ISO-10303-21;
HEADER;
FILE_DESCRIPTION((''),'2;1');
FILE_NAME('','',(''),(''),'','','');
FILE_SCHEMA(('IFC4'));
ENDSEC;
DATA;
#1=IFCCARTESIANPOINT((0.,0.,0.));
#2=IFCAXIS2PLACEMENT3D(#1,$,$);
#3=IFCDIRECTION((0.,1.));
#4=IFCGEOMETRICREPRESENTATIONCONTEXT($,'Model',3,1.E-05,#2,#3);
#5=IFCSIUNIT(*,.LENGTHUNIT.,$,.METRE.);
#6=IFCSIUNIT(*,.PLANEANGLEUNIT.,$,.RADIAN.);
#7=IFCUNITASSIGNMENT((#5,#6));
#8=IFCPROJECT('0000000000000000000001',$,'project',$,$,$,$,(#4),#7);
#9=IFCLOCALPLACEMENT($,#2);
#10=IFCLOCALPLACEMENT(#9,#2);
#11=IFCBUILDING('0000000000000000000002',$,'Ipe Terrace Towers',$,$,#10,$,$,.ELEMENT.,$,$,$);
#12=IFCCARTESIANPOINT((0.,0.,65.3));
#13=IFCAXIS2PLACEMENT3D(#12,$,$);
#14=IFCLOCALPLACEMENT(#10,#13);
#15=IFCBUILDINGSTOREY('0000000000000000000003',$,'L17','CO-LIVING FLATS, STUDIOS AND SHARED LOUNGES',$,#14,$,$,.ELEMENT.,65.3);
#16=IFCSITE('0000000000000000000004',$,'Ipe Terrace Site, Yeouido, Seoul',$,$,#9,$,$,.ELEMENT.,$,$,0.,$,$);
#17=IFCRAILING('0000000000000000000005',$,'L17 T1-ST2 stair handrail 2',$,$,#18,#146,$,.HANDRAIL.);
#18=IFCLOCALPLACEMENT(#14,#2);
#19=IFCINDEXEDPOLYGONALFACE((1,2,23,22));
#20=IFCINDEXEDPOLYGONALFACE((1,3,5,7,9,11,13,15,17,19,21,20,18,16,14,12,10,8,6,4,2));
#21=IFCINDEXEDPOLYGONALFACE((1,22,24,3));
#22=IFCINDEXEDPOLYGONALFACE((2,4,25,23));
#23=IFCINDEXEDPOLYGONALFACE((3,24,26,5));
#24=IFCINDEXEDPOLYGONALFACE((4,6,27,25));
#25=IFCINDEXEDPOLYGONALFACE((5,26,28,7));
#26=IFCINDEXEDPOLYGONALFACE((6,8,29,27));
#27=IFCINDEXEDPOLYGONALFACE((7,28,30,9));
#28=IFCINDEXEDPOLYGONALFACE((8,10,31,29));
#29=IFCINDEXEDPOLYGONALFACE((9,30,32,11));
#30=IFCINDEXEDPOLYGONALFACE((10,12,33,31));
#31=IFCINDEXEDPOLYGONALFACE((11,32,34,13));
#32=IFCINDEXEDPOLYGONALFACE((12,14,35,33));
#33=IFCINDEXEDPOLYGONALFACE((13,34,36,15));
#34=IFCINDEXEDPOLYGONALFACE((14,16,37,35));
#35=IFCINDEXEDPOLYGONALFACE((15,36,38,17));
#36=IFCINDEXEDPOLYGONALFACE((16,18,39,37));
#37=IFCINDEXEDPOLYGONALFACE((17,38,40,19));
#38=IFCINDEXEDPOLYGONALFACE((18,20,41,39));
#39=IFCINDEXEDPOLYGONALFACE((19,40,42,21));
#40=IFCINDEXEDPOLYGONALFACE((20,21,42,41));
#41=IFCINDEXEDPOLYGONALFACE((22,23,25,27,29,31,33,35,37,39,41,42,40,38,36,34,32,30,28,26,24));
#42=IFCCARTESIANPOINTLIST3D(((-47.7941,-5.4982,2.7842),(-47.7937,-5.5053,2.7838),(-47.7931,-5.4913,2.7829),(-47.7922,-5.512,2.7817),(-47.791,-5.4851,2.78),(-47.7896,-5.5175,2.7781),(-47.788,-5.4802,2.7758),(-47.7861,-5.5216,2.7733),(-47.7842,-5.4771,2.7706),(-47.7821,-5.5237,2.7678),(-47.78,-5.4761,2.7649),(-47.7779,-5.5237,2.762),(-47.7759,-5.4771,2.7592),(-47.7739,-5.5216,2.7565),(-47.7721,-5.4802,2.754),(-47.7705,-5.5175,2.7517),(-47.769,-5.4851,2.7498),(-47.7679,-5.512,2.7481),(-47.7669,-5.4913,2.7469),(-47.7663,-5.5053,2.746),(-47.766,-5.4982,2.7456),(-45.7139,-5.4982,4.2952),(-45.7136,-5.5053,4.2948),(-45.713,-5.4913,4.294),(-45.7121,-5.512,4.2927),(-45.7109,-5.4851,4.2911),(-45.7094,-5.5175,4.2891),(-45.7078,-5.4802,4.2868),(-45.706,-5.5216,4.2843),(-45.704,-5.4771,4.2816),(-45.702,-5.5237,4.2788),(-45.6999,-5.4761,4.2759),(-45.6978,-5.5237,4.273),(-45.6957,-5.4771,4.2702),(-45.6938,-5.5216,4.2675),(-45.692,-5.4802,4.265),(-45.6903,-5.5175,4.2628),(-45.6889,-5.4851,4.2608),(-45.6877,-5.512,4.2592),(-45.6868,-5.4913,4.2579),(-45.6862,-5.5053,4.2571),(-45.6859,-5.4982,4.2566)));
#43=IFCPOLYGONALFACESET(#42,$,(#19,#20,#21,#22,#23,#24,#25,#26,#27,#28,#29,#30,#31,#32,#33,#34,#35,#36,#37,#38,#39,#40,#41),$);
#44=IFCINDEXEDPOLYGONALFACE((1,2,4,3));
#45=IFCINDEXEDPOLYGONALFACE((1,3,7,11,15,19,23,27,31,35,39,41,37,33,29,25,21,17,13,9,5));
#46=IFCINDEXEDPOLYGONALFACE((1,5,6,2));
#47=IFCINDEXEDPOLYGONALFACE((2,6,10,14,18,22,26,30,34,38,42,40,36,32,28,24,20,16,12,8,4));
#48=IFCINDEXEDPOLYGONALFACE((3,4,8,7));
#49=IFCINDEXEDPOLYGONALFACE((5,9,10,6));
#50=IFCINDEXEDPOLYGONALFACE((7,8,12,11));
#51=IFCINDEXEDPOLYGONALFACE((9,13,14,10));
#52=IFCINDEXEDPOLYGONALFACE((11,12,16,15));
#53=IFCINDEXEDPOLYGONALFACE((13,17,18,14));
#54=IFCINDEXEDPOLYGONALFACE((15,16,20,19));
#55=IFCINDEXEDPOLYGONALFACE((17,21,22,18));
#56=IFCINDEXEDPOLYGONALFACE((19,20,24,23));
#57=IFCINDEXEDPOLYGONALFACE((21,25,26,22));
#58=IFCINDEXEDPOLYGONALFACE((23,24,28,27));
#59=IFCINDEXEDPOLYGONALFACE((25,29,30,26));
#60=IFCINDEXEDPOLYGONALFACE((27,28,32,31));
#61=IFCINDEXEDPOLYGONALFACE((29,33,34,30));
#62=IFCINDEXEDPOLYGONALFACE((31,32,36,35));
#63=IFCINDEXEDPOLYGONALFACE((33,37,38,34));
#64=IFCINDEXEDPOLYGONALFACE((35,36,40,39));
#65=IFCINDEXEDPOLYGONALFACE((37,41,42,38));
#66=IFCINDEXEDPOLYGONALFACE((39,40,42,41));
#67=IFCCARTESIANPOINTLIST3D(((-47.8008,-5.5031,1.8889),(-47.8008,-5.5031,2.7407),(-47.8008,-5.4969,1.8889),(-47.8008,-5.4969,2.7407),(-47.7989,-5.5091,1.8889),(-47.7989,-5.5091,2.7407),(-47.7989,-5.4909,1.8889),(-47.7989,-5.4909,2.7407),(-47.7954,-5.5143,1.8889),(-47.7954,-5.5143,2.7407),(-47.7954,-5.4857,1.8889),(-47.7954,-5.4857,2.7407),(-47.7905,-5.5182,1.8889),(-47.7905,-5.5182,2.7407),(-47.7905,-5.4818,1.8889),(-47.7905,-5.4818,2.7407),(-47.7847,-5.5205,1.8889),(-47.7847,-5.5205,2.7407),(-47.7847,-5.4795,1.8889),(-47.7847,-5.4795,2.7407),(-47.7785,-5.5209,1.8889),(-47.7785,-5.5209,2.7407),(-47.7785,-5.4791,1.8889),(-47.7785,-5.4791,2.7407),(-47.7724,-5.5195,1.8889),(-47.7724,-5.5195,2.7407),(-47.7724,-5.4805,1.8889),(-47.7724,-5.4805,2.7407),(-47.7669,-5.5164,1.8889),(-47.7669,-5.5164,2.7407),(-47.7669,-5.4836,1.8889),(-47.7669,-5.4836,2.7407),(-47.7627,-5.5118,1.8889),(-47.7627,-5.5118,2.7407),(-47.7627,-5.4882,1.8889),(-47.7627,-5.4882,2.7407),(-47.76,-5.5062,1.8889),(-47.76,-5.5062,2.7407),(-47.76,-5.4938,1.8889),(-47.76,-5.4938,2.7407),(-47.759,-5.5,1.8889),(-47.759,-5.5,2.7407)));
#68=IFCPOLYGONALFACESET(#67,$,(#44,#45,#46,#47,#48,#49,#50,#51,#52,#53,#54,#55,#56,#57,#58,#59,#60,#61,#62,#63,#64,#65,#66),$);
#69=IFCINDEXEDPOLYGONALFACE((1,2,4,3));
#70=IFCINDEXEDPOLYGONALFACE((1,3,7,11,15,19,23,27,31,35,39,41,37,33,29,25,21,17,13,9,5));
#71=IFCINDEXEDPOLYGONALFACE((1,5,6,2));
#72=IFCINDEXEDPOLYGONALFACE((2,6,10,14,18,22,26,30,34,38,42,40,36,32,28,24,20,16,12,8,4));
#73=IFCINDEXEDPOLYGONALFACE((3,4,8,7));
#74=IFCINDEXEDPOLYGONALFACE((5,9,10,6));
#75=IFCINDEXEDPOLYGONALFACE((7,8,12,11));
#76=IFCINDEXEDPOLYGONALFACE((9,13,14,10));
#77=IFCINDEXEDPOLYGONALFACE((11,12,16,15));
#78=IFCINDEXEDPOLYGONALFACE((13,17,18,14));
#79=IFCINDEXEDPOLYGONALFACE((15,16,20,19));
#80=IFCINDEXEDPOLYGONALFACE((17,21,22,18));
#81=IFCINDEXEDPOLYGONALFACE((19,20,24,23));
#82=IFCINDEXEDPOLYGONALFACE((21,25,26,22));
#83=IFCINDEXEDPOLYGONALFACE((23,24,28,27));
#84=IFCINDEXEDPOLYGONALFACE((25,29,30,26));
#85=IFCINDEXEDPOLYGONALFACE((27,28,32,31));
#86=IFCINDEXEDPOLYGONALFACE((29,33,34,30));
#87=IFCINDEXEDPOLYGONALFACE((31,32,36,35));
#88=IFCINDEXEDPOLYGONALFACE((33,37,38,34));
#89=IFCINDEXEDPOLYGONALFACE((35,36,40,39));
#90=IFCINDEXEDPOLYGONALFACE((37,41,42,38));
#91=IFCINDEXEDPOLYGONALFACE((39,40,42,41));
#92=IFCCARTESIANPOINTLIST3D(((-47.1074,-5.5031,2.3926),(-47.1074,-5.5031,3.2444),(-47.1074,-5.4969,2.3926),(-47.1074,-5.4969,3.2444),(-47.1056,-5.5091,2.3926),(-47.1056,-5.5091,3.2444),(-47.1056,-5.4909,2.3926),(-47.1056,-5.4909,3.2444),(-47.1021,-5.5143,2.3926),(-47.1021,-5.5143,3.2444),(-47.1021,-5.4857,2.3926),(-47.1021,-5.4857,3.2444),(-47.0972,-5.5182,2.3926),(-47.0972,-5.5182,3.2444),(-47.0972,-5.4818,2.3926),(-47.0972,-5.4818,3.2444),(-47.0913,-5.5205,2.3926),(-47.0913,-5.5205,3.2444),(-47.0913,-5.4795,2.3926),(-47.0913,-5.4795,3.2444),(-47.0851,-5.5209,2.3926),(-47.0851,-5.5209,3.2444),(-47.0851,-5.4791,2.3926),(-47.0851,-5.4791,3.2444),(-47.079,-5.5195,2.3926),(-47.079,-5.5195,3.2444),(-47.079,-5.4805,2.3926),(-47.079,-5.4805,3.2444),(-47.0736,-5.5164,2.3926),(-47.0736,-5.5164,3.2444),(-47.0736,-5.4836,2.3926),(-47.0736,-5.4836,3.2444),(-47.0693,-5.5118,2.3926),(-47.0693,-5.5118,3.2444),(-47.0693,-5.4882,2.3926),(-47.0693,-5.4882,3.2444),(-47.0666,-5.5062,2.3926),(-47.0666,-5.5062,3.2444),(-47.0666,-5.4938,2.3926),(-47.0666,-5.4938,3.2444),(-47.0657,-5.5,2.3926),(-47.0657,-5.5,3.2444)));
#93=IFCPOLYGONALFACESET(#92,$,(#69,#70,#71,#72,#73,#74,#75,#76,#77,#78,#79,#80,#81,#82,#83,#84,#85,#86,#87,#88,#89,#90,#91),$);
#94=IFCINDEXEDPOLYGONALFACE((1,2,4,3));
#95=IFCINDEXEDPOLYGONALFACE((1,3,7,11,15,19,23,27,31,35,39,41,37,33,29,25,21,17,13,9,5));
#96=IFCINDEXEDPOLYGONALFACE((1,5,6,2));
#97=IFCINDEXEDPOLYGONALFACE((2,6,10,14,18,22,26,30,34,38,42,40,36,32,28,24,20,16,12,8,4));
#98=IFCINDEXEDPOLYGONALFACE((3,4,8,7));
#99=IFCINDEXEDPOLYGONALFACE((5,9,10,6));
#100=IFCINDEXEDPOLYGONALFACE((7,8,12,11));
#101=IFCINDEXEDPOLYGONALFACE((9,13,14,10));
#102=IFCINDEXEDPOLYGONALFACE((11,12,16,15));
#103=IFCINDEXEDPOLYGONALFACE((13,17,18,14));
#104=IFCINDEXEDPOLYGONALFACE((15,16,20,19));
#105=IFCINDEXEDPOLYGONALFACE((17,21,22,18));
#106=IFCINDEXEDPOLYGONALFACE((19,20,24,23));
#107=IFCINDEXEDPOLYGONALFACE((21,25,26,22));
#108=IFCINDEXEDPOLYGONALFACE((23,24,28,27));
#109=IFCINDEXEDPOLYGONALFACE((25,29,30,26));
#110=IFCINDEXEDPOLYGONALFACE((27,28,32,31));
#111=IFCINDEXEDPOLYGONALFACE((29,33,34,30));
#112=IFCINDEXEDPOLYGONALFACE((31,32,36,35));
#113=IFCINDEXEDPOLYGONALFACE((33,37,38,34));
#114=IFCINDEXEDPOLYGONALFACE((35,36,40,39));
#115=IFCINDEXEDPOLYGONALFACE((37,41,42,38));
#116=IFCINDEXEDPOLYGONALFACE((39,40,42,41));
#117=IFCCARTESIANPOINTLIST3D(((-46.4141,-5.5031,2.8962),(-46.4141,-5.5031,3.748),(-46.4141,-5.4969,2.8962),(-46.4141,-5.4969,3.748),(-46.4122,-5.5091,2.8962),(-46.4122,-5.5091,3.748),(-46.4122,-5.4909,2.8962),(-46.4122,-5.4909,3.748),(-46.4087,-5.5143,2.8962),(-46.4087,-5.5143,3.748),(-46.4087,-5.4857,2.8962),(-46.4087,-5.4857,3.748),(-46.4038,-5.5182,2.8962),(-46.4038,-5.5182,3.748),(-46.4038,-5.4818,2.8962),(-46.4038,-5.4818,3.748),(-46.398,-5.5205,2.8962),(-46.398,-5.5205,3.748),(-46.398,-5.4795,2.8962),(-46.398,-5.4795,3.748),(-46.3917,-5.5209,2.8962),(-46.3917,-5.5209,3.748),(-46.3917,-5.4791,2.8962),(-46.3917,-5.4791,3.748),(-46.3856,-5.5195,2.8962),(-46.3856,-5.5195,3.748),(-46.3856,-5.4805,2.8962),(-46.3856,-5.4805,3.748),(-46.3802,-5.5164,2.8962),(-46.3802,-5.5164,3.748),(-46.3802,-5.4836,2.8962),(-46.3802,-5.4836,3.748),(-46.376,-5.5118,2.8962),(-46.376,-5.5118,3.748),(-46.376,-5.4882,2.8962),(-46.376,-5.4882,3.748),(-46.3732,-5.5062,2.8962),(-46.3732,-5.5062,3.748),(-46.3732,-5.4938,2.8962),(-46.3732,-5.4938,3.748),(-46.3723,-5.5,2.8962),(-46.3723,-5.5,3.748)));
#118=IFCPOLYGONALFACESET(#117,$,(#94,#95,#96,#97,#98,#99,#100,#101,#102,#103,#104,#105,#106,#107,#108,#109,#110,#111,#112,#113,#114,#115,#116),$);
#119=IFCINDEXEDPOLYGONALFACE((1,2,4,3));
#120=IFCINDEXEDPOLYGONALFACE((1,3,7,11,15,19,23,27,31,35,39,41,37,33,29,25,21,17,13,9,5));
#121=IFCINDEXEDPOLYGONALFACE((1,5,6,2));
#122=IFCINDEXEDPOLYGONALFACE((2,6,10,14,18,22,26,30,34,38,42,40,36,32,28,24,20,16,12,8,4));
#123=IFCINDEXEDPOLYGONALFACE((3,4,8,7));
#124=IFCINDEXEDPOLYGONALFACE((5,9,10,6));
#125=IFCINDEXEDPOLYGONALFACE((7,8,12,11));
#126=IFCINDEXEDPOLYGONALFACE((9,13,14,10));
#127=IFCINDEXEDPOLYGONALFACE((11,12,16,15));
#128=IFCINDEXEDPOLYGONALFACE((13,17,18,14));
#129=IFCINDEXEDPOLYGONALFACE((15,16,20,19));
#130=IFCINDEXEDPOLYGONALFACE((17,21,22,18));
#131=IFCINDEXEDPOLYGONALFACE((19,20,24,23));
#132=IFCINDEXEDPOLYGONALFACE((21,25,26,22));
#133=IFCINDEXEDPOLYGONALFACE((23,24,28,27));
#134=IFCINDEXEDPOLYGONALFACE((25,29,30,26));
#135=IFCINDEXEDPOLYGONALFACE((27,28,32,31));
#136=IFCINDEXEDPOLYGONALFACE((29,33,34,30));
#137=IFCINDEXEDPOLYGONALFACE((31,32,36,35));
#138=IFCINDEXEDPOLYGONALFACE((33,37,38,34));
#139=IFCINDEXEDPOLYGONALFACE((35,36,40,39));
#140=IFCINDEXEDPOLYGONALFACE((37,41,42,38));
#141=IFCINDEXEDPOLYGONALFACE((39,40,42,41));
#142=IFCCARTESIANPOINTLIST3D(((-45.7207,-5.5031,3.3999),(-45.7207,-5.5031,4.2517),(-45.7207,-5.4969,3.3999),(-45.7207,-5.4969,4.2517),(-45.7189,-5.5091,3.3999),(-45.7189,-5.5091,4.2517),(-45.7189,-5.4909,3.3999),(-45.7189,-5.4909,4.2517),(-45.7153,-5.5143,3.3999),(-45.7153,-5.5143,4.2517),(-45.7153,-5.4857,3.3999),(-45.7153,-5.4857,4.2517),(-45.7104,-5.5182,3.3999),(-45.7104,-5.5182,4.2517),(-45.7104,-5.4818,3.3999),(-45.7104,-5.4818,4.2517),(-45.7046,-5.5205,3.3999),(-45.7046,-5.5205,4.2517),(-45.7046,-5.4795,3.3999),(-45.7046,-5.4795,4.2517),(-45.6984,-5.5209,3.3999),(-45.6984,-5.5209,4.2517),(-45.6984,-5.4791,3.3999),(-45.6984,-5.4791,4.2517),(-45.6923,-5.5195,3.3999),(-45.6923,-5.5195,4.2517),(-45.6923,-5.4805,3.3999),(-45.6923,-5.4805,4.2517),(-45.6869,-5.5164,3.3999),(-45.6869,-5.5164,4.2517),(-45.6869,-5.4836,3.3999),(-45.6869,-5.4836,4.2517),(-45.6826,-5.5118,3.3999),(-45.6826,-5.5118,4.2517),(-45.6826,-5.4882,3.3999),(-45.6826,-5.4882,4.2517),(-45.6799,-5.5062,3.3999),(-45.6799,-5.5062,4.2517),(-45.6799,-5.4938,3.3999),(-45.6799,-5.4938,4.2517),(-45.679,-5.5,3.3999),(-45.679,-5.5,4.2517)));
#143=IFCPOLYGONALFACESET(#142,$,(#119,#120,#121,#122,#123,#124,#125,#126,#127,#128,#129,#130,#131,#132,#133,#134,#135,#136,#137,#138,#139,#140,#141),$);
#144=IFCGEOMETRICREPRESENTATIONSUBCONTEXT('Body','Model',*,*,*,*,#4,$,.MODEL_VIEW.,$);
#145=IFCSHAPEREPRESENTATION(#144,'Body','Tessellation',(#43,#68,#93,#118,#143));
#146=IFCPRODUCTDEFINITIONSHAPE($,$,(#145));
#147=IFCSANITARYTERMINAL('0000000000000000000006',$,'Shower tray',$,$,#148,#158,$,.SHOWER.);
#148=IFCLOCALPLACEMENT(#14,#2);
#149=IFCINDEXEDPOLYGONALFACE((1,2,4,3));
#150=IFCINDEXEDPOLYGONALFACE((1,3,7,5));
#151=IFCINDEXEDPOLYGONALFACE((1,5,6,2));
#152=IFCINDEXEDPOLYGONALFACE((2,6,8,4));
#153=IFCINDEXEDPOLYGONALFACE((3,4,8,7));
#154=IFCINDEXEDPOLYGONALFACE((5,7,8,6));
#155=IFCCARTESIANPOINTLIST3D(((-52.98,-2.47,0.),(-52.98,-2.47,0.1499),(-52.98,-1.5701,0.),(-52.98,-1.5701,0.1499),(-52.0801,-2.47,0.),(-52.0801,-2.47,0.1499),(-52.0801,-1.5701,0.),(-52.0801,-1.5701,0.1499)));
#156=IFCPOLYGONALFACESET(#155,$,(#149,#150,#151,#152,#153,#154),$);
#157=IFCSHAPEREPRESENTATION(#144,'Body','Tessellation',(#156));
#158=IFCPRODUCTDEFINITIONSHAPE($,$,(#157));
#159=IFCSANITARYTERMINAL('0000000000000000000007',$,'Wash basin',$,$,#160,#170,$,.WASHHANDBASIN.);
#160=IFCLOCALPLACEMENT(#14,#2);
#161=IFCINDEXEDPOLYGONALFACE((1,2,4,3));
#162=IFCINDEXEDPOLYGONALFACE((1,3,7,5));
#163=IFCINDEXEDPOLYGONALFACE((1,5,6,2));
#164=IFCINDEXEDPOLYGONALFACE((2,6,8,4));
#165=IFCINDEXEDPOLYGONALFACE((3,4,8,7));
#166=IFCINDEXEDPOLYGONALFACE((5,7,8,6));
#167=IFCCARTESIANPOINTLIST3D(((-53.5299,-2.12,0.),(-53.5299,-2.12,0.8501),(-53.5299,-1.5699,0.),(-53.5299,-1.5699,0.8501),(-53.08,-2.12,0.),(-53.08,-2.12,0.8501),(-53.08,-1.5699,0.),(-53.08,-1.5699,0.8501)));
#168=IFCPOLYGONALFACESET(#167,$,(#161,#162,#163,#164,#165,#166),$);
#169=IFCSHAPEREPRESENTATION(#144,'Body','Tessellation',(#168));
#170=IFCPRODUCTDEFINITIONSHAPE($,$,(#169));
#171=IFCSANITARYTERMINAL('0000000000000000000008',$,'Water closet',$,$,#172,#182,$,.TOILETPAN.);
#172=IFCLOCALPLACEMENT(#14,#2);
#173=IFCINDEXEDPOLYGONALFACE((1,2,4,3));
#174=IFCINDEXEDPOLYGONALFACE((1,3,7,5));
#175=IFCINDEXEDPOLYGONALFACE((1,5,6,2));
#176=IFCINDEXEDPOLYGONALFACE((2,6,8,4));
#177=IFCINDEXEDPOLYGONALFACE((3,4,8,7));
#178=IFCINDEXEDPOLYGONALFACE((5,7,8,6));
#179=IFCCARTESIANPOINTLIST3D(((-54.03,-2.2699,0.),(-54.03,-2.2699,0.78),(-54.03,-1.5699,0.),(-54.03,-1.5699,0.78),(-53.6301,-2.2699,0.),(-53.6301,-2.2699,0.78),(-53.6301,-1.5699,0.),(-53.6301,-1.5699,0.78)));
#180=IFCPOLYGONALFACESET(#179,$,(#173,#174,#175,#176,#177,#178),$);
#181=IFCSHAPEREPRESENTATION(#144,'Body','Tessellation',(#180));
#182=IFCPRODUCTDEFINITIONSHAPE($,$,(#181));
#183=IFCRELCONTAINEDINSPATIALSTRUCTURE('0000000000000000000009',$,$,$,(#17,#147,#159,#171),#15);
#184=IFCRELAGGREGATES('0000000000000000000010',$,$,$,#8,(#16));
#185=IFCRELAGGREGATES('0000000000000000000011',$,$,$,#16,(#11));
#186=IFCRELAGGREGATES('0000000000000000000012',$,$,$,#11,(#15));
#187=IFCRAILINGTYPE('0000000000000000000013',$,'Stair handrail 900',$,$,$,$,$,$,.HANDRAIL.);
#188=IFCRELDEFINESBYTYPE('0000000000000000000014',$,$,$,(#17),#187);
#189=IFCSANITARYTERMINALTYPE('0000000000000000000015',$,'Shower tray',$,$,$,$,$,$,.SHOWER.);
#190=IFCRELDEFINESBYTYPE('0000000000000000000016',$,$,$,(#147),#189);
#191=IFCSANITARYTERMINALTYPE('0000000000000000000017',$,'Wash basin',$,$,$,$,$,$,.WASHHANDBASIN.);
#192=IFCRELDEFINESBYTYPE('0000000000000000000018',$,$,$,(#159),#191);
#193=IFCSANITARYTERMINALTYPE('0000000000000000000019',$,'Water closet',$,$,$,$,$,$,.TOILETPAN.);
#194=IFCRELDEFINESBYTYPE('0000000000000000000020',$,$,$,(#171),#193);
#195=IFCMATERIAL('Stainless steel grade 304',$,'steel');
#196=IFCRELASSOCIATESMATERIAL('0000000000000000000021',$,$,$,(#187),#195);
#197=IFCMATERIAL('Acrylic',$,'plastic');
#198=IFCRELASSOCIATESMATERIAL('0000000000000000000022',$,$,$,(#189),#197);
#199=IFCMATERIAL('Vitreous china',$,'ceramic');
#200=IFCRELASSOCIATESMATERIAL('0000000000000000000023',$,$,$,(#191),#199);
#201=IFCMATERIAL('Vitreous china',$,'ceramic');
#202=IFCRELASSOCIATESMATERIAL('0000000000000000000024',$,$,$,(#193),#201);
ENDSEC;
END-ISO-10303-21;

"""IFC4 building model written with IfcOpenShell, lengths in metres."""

from ifc_helpers import new_model, si_unit, direction, frame, origin, origin_2d, place, context, subcontext, project, spatial, rectangle, circle, extrude, material, type_object, element, save


model = new_model("IFC4")

# Units and contexts
model_context = context("Model", 3, precision=1e-05, world=origin(), true_north=direction((0.0, 1.0)))
body_context = subcontext(model_context, "Body", "Model", "MODEL_VIEW")
ifc_project = project(units=[si_unit("LENGTHUNIT", "METRE"), si_unit("PLANEANGLEUNIT", "RADIAN")], contexts=[model_context])

# Site, building, storey
site_placement = place(None, origin())
site = spatial("IfcSite", under=ifc_project, at=site_placement, Name="Ipe Terrace Site, Yeouido, Seoul", CompositionType="ELEMENT", RefElevation=0.0)
building_placement = place(site_placement, origin())
building = spatial("IfcBuilding", under=site, at=building_placement, Name="Ipe Terrace Towers", CompositionType="ELEMENT")
storey_placement = place(building_placement, frame((0.0, 0.0, 65.3)))
storey = spatial("IfcBuildingStorey", under=building, at=storey_placement, Name="L17", Description="CO-LIVING FLATS, STUDIOS AND SHARED LOUNGES", CompositionType="ELEMENT", Elevation=65.3)

# Railing
ifc_material_1 = material(Name="Stainless steel grade 304", Category="steel")
railing_type_1 = type_object("IfcRailingType", Name="Stair handrail 900", PredefinedType="HANDRAIL", material=ifc_material_1)
railing_1_placement = place(storey_placement, frame((-47.78, -5.5, 1.8889)))
element("IfcRailing", 1, at=railing_1_placement, inside=storey, type_object=railing_type_1, Name="L17 T1-ST2 stair handrail 2", PredefinedType="HANDRAIL", context=body_context, shape_type="SweptSolid", body=[
    extrude(circle(Radius=0.0239, at=origin_2d()), frame((0.0, 0.0, 0.876), z_axis=(0.809069, 0.0, 0.587714), x_axis=(0.0, 1.0, 0.0)), (0.0, 0.0, 1.0), 2.571),
    extrude(circle(Radius=0.021, at=origin_2d()), origin(), (0.0, 0.0, 1.0), 0.8518),
    extrude(circle(Radius=0.021, at=origin_2d()), frame((0.6934, 0.0, 0.5037)), (0.0, 0.0, 1.0), 0.8518),
    extrude(circle(Radius=0.021, at=origin_2d()), frame((1.3867, 0.0, 1.0073)), (0.0, 0.0, 1.0), 0.8518),
    extrude(circle(Radius=0.021, at=origin_2d()), frame((2.0801, 0.0, 1.511)), (0.0, 0.0, 1.0), 0.8518),
])

# Sanitary terminals
ifc_material_2 = material(Name="Acrylic", Category="plastic")
sanitary_terminal_type_1 = type_object("IfcSanitaryTerminalType", Name="Shower tray", PredefinedType="SHOWER", material=ifc_material_2)
sanitary_terminal_1_placement = place(storey_placement, frame((-52.53, -2.02, 0.0), z_axis=(0.0, 0.0, 1.0), x_axis=(0.0, -1.0, 0.0)))
element("IfcSanitaryTerminal", 2, at=sanitary_terminal_1_placement, inside=storey, type_object=sanitary_terminal_type_1, Name="Shower tray", PredefinedType="SHOWER", context=body_context, shape_type="SweptSolid", body=[
    extrude(rectangle(XDim=0.8999, YDim=0.8999, at=origin_2d()), origin(), (0.0, 0.0, 1.0), 0.1499),
])
ifc_material_3 = material(Name="Vitreous china", Category="ceramic")
sanitary_terminal_type_2 = type_object("IfcSanitaryTerminalType", Name="Wash basin", PredefinedType="WASHHANDBASIN", material=ifc_material_3)
sanitary_terminal_2_placement = place(storey_placement, frame((-53.3049, -1.845, 0.0), z_axis=(0.0, 0.0, 1.0), x_axis=(0.0, -1.0, 0.0)))
element("IfcSanitaryTerminal", 3, at=sanitary_terminal_2_placement, inside=storey, type_object=sanitary_terminal_type_2, Name="Wash basin", PredefinedType="WASHHANDBASIN", context=body_context, shape_type="SweptSolid", body=[
    extrude(rectangle(XDim=0.55, YDim=0.45, at=origin_2d()), origin(), (0.0, 0.0, 1.0), 0.8501),
])
ifc_material_4 = material(Name="Vitreous china", Category="ceramic")
sanitary_terminal_type_3 = type_object("IfcSanitaryTerminalType", Name="Water closet", PredefinedType="TOILETPAN", material=ifc_material_4)
sanitary_terminal_3_placement = place(storey_placement, frame((-53.8301, -1.9199, 0.0), z_axis=(0.0, 0.0, 1.0), x_axis=(0.0, -1.0, 0.0)))
element("IfcSanitaryTerminal", 4, at=sanitary_terminal_3_placement, inside=storey, type_object=sanitary_terminal_type_3, Name="Water closet", PredefinedType="TOILETPAN", context=body_context, shape_type="SweptSolid", body=[
    extrude(rectangle(XDim=0.7, YDim=0.3999, at=origin_2d()), origin(), (0.0, 0.0, 1.0), 0.78),
])

save(model, "model.ifc")
